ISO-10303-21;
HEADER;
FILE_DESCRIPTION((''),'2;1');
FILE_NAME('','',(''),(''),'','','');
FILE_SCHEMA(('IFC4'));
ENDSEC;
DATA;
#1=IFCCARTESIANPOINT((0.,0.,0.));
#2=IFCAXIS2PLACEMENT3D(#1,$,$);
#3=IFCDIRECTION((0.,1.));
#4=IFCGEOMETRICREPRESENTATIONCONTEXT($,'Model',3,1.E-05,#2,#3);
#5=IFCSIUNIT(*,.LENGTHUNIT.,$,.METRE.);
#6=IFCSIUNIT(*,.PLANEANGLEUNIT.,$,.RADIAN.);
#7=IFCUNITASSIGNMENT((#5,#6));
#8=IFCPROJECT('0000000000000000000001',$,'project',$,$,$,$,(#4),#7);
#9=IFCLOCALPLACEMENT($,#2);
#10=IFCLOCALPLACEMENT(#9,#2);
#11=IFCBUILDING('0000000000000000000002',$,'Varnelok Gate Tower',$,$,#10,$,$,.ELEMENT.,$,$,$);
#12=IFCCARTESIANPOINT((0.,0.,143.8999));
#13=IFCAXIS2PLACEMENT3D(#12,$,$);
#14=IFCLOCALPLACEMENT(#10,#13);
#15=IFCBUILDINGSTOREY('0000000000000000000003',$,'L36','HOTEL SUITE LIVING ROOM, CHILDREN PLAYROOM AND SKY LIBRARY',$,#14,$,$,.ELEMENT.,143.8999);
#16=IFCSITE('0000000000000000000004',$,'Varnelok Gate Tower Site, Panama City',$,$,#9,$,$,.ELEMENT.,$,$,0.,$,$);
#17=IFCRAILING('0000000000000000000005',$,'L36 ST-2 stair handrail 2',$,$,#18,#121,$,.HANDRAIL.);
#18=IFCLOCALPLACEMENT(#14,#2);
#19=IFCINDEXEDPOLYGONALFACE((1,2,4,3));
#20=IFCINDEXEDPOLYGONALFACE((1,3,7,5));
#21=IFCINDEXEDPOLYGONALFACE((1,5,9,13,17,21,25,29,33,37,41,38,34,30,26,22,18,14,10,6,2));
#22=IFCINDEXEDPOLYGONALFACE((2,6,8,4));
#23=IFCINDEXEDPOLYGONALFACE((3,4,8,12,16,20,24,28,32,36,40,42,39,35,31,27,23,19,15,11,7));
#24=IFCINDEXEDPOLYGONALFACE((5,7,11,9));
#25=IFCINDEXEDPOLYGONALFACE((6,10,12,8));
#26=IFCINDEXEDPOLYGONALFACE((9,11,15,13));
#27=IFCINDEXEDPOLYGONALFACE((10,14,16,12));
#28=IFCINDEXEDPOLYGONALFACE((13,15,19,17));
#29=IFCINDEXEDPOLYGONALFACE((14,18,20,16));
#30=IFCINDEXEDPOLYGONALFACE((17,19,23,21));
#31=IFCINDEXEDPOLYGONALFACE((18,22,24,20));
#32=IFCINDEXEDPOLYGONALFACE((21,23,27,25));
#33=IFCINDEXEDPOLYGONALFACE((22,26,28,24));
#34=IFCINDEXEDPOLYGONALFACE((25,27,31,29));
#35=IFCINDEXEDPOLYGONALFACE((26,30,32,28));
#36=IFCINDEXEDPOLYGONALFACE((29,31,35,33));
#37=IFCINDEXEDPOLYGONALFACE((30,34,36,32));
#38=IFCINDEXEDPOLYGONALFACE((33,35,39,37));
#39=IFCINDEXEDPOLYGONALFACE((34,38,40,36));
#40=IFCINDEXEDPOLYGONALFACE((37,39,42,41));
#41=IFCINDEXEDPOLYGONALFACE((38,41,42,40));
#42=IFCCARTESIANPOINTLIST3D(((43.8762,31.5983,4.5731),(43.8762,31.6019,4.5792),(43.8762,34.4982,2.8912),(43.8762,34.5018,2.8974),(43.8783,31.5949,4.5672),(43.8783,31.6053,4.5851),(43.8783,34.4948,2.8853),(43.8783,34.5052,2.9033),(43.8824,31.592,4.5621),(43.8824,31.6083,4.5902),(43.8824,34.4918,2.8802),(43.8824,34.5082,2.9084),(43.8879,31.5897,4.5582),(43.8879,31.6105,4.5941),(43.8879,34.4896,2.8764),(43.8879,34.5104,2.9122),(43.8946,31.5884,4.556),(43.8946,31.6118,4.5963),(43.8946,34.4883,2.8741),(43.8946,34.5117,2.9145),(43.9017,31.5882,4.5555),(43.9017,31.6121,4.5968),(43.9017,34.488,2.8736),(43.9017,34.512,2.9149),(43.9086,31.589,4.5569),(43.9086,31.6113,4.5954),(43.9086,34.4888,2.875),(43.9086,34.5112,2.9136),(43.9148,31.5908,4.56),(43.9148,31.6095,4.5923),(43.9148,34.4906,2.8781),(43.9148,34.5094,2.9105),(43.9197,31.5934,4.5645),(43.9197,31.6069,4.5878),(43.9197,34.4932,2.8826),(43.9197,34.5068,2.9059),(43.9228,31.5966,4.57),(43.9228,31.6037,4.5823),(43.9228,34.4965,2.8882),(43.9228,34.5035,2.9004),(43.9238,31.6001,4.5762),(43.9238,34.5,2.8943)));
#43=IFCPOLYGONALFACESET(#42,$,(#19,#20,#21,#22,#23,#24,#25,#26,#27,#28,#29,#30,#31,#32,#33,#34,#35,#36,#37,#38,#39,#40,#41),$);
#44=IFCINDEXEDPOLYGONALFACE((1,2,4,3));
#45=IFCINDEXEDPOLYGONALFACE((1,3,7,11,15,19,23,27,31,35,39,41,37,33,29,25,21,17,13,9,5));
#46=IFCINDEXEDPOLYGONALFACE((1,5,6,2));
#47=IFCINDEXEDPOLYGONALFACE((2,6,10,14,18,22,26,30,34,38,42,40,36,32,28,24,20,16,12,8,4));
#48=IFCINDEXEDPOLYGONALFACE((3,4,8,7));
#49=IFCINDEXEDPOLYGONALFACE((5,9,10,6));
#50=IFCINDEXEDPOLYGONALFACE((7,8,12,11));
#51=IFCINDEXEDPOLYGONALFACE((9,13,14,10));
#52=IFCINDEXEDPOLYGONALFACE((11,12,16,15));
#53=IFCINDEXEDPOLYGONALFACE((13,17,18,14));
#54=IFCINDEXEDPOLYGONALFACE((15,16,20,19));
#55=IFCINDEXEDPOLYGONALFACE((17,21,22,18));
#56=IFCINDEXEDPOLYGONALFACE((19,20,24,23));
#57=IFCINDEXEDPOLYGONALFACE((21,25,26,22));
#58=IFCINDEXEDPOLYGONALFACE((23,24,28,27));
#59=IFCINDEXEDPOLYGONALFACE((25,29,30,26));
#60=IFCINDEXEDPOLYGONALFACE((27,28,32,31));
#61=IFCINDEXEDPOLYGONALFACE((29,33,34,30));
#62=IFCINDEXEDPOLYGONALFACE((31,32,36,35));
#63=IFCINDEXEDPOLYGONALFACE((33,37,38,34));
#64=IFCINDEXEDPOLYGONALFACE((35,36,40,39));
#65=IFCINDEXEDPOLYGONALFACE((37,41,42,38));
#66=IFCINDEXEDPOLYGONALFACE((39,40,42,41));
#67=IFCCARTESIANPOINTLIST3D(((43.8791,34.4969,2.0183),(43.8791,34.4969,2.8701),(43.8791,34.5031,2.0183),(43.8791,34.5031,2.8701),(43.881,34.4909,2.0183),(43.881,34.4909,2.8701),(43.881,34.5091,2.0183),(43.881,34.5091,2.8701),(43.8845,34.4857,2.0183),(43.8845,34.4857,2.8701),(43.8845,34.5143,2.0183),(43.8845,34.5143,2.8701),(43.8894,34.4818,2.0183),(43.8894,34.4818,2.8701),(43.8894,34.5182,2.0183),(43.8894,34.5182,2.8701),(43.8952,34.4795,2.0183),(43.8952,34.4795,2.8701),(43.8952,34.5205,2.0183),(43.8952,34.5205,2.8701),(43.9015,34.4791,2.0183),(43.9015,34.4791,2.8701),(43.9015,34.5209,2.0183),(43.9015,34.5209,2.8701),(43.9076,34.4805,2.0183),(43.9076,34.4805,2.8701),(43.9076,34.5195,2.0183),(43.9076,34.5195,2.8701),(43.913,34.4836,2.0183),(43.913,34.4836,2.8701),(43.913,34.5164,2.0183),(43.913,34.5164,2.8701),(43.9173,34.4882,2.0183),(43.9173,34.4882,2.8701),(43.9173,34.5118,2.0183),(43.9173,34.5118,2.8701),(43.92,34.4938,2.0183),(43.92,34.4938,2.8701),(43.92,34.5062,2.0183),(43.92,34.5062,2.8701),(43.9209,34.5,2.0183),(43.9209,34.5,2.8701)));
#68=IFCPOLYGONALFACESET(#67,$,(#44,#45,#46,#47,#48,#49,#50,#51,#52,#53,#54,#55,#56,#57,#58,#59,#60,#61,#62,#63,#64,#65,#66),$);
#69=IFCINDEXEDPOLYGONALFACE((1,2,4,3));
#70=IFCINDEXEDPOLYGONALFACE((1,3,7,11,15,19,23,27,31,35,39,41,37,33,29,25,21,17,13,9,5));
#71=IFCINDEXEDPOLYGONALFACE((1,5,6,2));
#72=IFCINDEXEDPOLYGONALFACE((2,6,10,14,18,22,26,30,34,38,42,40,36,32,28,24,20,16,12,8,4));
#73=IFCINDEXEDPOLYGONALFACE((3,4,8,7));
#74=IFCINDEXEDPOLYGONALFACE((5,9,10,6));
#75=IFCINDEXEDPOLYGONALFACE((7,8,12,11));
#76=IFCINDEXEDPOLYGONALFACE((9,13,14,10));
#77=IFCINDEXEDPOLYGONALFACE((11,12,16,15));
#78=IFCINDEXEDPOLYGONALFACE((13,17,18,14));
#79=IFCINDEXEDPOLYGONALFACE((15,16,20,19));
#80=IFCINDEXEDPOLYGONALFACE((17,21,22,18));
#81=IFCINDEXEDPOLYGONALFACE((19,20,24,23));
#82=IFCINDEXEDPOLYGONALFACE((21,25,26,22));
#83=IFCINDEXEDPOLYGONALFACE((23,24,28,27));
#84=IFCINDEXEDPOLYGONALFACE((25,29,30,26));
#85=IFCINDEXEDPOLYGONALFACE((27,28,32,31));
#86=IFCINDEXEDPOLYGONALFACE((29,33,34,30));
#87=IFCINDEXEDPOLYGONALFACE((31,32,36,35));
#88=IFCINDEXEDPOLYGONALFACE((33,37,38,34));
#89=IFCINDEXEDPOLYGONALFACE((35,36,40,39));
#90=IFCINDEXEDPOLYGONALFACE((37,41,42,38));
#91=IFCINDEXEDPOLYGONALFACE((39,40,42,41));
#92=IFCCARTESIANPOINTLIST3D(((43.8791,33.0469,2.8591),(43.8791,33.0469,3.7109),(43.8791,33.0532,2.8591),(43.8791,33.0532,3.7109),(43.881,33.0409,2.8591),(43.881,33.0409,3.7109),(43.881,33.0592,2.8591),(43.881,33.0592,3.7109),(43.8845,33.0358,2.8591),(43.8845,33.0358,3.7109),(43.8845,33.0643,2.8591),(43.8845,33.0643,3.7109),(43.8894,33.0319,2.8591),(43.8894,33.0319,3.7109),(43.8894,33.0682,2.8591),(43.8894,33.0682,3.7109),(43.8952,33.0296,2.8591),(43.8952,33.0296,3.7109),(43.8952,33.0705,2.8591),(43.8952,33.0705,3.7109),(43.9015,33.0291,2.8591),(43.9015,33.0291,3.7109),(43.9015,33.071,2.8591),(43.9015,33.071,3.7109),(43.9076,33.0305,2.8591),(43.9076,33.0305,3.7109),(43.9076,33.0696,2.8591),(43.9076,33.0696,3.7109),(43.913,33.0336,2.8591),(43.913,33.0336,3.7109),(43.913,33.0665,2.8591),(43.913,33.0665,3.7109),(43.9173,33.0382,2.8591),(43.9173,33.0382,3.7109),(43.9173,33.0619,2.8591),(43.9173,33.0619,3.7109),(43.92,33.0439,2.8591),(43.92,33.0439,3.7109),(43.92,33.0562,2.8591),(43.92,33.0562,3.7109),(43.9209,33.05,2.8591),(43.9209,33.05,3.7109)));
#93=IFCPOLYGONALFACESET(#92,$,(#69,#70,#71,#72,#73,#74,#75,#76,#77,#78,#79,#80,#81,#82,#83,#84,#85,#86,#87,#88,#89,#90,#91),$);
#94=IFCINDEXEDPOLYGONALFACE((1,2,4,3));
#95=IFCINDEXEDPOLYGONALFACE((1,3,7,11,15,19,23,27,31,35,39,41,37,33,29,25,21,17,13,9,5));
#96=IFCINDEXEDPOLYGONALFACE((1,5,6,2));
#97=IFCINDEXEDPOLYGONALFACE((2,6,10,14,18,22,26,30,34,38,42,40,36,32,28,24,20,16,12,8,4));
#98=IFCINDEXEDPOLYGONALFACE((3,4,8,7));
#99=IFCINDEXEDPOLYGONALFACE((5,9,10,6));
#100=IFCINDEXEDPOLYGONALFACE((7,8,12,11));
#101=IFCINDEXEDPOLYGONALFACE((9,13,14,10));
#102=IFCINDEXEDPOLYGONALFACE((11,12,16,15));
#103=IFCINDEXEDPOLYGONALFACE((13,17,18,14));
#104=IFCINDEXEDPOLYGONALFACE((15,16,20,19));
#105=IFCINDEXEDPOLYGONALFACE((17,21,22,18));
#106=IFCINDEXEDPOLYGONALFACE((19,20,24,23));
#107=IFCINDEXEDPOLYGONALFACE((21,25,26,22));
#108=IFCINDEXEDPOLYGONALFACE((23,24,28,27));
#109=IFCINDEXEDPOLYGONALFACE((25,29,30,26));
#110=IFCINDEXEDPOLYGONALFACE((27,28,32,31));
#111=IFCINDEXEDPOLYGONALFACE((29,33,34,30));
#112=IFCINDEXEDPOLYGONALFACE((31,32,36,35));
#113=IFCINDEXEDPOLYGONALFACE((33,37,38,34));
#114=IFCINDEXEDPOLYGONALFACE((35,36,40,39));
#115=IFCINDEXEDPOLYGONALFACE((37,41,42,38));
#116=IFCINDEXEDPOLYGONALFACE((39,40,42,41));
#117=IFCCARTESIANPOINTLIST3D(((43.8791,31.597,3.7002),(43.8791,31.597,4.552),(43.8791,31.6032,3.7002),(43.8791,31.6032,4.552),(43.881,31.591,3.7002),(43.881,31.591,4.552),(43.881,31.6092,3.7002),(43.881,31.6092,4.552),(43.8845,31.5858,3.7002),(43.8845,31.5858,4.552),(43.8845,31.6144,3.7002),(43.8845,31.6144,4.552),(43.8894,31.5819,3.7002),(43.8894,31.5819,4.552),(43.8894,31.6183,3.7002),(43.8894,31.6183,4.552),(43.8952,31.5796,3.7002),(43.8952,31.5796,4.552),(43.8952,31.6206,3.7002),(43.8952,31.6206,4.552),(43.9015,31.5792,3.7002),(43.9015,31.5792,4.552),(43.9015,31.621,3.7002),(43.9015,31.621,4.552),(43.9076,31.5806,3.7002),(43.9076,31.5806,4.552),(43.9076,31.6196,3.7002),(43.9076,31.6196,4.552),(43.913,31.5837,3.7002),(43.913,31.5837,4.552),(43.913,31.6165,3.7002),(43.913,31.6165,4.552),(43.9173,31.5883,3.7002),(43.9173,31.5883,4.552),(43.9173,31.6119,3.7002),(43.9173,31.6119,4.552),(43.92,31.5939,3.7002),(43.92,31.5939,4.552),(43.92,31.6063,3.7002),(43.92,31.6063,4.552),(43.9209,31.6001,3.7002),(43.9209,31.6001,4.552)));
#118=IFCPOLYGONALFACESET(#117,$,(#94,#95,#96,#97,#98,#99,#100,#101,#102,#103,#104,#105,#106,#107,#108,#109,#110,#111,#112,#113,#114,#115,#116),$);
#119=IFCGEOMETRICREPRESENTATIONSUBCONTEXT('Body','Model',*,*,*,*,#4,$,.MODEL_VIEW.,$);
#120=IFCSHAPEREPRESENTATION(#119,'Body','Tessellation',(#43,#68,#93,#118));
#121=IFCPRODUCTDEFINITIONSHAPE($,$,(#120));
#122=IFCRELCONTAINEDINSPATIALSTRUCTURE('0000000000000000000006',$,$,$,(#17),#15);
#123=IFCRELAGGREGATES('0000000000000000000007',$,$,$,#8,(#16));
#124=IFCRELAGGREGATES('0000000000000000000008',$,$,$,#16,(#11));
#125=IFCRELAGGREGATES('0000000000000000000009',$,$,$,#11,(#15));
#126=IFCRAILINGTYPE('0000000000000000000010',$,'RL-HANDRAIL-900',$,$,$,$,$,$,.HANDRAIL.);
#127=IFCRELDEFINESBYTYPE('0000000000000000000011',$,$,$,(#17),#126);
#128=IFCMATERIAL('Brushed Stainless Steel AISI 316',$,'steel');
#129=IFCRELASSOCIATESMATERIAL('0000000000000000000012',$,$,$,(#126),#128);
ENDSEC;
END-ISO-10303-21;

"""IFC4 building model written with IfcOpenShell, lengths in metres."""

from ifc_helpers import new_model, si_unit, direction, frame, origin, origin_2d, place, context, subcontext, project, spatial, circle, extrude, material, type_object, element, save


model = new_model("IFC4")

# Units and contexts
model_context = context("Model", 3, precision=1e-05, world=origin(), true_north=direction((0.0, 1.0)))
body_context = subcontext(model_context, "Body", "Model", "MODEL_VIEW")
ifc_project = project(units=[si_unit("LENGTHUNIT", "METRE"), si_unit("PLANEANGLEUNIT", "RADIAN")], contexts=[model_context])

# Site, building, storey
site_placement = place(None, origin())
site = spatial("IfcSite", under=ifc_project, at=site_placement, Name="Varnelok Gate Tower Site, Panama City", CompositionType="ELEMENT", RefElevation=0.0)
building_placement = place(site_placement, origin())
building = spatial("IfcBuilding", under=site, at=building_placement, Name="Varnelok Gate Tower", CompositionType="ELEMENT")
storey_placement = place(building_placement, frame((0.0, 0.0, 143.8999)))
storey = spatial("IfcBuildingStorey", under=building, at=storey_placement, Name="L36", Description="HOTEL SUITE LIVING ROOM, CHILDREN PLAYROOM AND SKY LIBRARY", CompositionType="ELEMENT", Elevation=143.8999)

# Railing
ifc_material_1 = material(Name="Brushed Stainless Steel AISI 316", Category="steel")
railing_type_1 = type_object("IfcRailingType", Name="RL-HANDRAIL-900", PredefinedType="HANDRAIL", material=ifc_material_1)
railing_1_placement = place(storey_placement, frame((43.8999, 34.5, 2.0183)))
element("IfcRailing", 1, at=railing_1_placement, inside=storey, type_object=railing_type_1, Name="L36 ST-2 stair handrail 2", PredefinedType="HANDRAIL", context=body_context, shape_type="SweptSolid", body=[
    extrude(circle(Radius=0.0239, at=origin_2d()), frame((0.0, 0.0, 0.876), z_axis=(0.0, -0.865039, 0.501705), x_axis=(1.0, 0.0, 0.0)), (0.0, 0.0, 1.0), 3.3523),
    extrude(circle(Radius=0.021, at=origin_2d()), origin(), (0.0, 0.0, 1.0), 0.8518),
    extrude(circle(Radius=0.021, at=origin_2d()), frame((0.0, -1.45, 0.8408)), (0.0, 0.0, 1.0), 0.8518),
    extrude(circle(Radius=0.021, at=origin_2d()), frame((0.0, -2.8999, 1.6819)), (0.0, 0.0, 1.0), 0.8518),
])

save(model, "model.ifc")
